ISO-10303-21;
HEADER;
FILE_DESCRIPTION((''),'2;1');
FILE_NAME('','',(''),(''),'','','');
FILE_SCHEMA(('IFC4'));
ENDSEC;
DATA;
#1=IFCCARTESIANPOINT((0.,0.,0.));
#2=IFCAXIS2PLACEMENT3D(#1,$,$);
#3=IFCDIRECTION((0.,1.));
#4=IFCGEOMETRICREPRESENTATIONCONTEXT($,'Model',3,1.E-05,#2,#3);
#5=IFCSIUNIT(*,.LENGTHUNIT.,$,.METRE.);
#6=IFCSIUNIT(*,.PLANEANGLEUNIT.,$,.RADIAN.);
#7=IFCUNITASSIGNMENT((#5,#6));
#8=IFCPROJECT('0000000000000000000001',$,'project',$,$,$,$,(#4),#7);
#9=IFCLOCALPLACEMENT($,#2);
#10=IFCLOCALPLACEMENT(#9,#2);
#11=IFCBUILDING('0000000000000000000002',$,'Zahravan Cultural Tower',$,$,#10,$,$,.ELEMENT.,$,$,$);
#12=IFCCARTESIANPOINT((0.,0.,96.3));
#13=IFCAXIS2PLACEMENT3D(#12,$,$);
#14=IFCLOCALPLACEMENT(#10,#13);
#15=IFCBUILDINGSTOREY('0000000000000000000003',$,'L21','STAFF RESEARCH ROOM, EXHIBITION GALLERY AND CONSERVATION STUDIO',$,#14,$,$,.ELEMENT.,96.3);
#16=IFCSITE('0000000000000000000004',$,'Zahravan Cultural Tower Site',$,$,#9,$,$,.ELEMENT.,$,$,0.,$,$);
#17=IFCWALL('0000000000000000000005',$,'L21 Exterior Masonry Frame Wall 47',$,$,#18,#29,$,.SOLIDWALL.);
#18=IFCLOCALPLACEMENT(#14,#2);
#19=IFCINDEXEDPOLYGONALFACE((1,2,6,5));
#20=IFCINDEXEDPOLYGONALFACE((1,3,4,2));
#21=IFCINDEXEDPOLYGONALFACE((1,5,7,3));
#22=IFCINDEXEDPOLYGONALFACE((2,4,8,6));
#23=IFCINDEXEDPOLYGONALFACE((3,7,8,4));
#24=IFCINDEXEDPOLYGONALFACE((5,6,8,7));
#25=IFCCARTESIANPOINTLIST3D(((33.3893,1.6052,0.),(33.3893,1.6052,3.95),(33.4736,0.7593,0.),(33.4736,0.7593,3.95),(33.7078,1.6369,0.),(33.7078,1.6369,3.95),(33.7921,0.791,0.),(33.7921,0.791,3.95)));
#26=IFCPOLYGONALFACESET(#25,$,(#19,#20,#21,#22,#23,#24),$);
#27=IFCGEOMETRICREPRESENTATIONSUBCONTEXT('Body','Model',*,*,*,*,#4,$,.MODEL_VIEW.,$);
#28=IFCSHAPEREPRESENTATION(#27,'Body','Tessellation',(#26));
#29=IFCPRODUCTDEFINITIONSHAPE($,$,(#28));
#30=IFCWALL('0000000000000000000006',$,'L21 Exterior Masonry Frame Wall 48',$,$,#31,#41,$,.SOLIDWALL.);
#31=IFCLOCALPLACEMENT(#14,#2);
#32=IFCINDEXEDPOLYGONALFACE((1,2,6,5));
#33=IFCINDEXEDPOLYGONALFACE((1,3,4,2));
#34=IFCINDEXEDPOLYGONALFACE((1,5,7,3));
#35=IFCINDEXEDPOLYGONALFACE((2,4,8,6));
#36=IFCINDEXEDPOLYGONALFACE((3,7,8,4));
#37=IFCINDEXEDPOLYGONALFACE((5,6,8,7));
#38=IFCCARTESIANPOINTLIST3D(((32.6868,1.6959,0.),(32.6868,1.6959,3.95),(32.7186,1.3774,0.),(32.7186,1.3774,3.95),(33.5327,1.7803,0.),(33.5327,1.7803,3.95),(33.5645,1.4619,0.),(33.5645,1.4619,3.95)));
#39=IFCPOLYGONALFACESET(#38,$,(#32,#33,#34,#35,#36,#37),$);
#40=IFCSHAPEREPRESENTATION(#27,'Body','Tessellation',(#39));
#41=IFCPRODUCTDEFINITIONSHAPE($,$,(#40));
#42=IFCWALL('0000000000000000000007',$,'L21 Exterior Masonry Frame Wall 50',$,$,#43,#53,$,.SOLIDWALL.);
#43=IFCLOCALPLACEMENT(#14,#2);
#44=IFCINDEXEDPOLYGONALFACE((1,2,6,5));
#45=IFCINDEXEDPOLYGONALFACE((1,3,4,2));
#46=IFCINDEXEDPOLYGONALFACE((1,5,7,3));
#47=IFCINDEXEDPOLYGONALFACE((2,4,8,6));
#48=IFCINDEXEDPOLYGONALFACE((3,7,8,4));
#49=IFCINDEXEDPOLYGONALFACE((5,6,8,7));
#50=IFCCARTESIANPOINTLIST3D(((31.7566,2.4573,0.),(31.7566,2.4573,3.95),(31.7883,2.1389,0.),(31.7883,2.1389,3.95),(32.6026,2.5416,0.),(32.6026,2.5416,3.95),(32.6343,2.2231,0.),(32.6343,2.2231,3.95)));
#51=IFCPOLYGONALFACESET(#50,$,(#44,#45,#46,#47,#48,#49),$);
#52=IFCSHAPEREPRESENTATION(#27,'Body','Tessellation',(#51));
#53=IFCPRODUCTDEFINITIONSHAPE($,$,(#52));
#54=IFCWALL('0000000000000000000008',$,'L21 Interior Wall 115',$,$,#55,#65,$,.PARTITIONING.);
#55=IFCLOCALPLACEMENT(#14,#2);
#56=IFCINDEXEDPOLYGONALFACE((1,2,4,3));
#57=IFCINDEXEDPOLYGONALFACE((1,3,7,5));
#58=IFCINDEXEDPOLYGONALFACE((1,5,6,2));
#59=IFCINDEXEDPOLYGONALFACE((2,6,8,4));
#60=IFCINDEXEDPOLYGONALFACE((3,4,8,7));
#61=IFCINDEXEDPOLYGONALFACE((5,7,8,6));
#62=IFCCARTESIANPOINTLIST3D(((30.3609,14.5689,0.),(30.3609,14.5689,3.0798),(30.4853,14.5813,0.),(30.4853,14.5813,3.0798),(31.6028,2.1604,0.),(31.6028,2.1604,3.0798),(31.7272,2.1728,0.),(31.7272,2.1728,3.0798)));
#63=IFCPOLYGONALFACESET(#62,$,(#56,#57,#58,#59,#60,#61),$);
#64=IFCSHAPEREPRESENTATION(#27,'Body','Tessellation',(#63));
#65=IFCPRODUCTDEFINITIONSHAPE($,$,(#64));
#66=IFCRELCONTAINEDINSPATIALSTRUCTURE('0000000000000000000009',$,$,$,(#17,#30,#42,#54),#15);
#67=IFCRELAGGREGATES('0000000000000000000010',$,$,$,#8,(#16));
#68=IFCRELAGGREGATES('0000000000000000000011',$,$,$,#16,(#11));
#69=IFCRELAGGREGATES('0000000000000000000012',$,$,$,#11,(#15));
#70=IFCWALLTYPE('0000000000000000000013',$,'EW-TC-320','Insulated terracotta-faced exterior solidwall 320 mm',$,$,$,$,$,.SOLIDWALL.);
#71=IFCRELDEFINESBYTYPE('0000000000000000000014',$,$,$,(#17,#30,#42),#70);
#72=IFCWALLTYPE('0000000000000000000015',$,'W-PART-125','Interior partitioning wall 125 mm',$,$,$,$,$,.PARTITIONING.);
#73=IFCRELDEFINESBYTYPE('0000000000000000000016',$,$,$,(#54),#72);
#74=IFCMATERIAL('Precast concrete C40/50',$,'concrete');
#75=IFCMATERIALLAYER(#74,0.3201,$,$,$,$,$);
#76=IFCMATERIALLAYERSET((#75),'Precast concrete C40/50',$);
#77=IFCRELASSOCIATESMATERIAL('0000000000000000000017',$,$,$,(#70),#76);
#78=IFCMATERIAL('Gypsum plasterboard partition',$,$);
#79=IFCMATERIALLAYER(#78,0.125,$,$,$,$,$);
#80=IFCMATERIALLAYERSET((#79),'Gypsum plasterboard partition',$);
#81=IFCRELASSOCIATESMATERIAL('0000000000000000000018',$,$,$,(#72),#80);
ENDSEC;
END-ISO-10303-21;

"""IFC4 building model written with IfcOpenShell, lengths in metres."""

from ifc_helpers import new_model, si_unit, direction, frame, frame_2d, origin, place, context, subcontext, project, spatial, rectangle, extrude, source, transform, mapped, material, layer, layer_set, type_object, element, save


model = new_model("IFC4")

# Units and contexts
model_context = context("Model", 3, precision=1e-05, world=origin(), true_north=direction((0.0, 1.0)))
body_context = subcontext(model_context, "Body", "Model", "MODEL_VIEW")
ifc_project = project(units=[si_unit("LENGTHUNIT", "METRE"), si_unit("PLANEANGLEUNIT", "RADIAN")], contexts=[model_context])

# Site, building, storey
site_placement = place(None, origin())
site = spatial("IfcSite", under=ifc_project, at=site_placement, Name="Zahravan Cultural Tower Site", CompositionType="ELEMENT", RefElevation=0.0)
building_placement = place(site_placement, origin())
building = spatial("IfcBuilding", under=site, at=building_placement, Name="Zahravan Cultural Tower", CompositionType="ELEMENT")
storey_placement = place(building_placement, frame((0.0, 0.0, 96.3)))
storey = spatial("IfcBuildingStorey", under=building, at=storey_placement, Name="L21", Description="STAFF RESEARCH ROOM, EXHIBITION GALLERY AND CONSERVATION STUDIO", CompositionType="ELEMENT", Elevation=96.3)

# Walls
ifc_material_1 = material(Name="Precast concrete C40/50", Category="concrete")
ifc_layer_1 = layer(ifc_material_1, 0.3201)
ifc_layer_set_1 = layer_set([ifc_layer_1], Name="Precast concrete C40/50")
wall_type_1 = type_object("IfcWallType", Name="EW-TC-320", Description="Insulated terracotta-faced exterior solidwall 320 mm", PredefinedType="SOLIDWALL", material=ifc_layer_set_1)
shared_shape_1 = source(origin(), body_context, "Body", "SweptSolid", [
    extrude(rectangle(XDim=0.8501, YDim=0.3201, at=frame_2d((0.425, 0.0))), origin(), (0.0, 0.0, 1.0), 3.95),
])
for number, where, z_axis, x_axis, name in (
    (1, (33.6328, 0.7751, 0.0), (0.0, 0.0, 1.0), (-0.099077, 0.99508, 0.0), "L21 Exterior Masonry Frame Wall 47"),
    (2, (33.5486, 1.6211, 0.0), (0.0, 0.0, 1.0), (-0.995051, -0.099362, 0.0), "L21 Exterior Masonry Frame Wall 48"),
    (3, (32.6184, 2.3823, 0.0), (0.0, 0.0, 1.0), (-0.99508, -0.099077, 0.0), "L21 Exterior Masonry Frame Wall 50"),
):
    element("IfcWall", number, at=place(storey_placement, frame(where, z_axis=z_axis, x_axis=x_axis)), inside=storey, type_object=wall_type_1, Name=name, PredefinedType="SOLIDWALL", context=body_context, shape_type="MappedRepresentation", body=[
        mapped(shared_shape_1, transform((0.0, 0.0, 0.0), x_axis=(1.0, 0.0, 0.0), y_axis=(0.0, 1.0, 0.0), z_axis=(0.0, 0.0, 1.0), scale=1.0)),
    ])
ifc_material_2 = material(Name="Gypsum plasterboard partition")
ifc_layer_2 = layer(ifc_material_2, 0.125)
ifc_layer_set_2 = layer_set([ifc_layer_2], Name="Gypsum plasterboard partition")
wall_type_2 = type_object("IfcWallType", Name="W-PART-125", Description="Interior partitioning wall 125 mm", PredefinedType="PARTITIONING", material=ifc_layer_set_2)
shared_shape_2 = source(origin(), body_context, "Body", "SweptSolid", [
    extrude(rectangle(XDim=12.4705, YDim=0.125, at=frame_2d((6.2354, 0.0))), origin(), (0.0, 0.0, 1.0), 3.0798),
])
wall_1_placement = place(storey_placement, frame((31.665, 2.1665, 0.0), z_axis=(0.0, 0.0, 1.0), x_axis=(-0.099591, 0.995028, 0.0)))
element("IfcWall", 4, at=wall_1_placement, inside=storey, type_object=wall_type_2, Name="L21 Interior Wall 115", PredefinedType="PARTITIONING", context=body_context, shape_type="MappedRepresentation", body=[
    mapped(shared_shape_2, transform((0.0, 0.0, 0.0), x_axis=(1.0, 0.0, 0.0), y_axis=(0.0, 1.0, 0.0), z_axis=(0.0, 0.0, 1.0), scale=1.0)),
])

save(model, "model.ifc")
